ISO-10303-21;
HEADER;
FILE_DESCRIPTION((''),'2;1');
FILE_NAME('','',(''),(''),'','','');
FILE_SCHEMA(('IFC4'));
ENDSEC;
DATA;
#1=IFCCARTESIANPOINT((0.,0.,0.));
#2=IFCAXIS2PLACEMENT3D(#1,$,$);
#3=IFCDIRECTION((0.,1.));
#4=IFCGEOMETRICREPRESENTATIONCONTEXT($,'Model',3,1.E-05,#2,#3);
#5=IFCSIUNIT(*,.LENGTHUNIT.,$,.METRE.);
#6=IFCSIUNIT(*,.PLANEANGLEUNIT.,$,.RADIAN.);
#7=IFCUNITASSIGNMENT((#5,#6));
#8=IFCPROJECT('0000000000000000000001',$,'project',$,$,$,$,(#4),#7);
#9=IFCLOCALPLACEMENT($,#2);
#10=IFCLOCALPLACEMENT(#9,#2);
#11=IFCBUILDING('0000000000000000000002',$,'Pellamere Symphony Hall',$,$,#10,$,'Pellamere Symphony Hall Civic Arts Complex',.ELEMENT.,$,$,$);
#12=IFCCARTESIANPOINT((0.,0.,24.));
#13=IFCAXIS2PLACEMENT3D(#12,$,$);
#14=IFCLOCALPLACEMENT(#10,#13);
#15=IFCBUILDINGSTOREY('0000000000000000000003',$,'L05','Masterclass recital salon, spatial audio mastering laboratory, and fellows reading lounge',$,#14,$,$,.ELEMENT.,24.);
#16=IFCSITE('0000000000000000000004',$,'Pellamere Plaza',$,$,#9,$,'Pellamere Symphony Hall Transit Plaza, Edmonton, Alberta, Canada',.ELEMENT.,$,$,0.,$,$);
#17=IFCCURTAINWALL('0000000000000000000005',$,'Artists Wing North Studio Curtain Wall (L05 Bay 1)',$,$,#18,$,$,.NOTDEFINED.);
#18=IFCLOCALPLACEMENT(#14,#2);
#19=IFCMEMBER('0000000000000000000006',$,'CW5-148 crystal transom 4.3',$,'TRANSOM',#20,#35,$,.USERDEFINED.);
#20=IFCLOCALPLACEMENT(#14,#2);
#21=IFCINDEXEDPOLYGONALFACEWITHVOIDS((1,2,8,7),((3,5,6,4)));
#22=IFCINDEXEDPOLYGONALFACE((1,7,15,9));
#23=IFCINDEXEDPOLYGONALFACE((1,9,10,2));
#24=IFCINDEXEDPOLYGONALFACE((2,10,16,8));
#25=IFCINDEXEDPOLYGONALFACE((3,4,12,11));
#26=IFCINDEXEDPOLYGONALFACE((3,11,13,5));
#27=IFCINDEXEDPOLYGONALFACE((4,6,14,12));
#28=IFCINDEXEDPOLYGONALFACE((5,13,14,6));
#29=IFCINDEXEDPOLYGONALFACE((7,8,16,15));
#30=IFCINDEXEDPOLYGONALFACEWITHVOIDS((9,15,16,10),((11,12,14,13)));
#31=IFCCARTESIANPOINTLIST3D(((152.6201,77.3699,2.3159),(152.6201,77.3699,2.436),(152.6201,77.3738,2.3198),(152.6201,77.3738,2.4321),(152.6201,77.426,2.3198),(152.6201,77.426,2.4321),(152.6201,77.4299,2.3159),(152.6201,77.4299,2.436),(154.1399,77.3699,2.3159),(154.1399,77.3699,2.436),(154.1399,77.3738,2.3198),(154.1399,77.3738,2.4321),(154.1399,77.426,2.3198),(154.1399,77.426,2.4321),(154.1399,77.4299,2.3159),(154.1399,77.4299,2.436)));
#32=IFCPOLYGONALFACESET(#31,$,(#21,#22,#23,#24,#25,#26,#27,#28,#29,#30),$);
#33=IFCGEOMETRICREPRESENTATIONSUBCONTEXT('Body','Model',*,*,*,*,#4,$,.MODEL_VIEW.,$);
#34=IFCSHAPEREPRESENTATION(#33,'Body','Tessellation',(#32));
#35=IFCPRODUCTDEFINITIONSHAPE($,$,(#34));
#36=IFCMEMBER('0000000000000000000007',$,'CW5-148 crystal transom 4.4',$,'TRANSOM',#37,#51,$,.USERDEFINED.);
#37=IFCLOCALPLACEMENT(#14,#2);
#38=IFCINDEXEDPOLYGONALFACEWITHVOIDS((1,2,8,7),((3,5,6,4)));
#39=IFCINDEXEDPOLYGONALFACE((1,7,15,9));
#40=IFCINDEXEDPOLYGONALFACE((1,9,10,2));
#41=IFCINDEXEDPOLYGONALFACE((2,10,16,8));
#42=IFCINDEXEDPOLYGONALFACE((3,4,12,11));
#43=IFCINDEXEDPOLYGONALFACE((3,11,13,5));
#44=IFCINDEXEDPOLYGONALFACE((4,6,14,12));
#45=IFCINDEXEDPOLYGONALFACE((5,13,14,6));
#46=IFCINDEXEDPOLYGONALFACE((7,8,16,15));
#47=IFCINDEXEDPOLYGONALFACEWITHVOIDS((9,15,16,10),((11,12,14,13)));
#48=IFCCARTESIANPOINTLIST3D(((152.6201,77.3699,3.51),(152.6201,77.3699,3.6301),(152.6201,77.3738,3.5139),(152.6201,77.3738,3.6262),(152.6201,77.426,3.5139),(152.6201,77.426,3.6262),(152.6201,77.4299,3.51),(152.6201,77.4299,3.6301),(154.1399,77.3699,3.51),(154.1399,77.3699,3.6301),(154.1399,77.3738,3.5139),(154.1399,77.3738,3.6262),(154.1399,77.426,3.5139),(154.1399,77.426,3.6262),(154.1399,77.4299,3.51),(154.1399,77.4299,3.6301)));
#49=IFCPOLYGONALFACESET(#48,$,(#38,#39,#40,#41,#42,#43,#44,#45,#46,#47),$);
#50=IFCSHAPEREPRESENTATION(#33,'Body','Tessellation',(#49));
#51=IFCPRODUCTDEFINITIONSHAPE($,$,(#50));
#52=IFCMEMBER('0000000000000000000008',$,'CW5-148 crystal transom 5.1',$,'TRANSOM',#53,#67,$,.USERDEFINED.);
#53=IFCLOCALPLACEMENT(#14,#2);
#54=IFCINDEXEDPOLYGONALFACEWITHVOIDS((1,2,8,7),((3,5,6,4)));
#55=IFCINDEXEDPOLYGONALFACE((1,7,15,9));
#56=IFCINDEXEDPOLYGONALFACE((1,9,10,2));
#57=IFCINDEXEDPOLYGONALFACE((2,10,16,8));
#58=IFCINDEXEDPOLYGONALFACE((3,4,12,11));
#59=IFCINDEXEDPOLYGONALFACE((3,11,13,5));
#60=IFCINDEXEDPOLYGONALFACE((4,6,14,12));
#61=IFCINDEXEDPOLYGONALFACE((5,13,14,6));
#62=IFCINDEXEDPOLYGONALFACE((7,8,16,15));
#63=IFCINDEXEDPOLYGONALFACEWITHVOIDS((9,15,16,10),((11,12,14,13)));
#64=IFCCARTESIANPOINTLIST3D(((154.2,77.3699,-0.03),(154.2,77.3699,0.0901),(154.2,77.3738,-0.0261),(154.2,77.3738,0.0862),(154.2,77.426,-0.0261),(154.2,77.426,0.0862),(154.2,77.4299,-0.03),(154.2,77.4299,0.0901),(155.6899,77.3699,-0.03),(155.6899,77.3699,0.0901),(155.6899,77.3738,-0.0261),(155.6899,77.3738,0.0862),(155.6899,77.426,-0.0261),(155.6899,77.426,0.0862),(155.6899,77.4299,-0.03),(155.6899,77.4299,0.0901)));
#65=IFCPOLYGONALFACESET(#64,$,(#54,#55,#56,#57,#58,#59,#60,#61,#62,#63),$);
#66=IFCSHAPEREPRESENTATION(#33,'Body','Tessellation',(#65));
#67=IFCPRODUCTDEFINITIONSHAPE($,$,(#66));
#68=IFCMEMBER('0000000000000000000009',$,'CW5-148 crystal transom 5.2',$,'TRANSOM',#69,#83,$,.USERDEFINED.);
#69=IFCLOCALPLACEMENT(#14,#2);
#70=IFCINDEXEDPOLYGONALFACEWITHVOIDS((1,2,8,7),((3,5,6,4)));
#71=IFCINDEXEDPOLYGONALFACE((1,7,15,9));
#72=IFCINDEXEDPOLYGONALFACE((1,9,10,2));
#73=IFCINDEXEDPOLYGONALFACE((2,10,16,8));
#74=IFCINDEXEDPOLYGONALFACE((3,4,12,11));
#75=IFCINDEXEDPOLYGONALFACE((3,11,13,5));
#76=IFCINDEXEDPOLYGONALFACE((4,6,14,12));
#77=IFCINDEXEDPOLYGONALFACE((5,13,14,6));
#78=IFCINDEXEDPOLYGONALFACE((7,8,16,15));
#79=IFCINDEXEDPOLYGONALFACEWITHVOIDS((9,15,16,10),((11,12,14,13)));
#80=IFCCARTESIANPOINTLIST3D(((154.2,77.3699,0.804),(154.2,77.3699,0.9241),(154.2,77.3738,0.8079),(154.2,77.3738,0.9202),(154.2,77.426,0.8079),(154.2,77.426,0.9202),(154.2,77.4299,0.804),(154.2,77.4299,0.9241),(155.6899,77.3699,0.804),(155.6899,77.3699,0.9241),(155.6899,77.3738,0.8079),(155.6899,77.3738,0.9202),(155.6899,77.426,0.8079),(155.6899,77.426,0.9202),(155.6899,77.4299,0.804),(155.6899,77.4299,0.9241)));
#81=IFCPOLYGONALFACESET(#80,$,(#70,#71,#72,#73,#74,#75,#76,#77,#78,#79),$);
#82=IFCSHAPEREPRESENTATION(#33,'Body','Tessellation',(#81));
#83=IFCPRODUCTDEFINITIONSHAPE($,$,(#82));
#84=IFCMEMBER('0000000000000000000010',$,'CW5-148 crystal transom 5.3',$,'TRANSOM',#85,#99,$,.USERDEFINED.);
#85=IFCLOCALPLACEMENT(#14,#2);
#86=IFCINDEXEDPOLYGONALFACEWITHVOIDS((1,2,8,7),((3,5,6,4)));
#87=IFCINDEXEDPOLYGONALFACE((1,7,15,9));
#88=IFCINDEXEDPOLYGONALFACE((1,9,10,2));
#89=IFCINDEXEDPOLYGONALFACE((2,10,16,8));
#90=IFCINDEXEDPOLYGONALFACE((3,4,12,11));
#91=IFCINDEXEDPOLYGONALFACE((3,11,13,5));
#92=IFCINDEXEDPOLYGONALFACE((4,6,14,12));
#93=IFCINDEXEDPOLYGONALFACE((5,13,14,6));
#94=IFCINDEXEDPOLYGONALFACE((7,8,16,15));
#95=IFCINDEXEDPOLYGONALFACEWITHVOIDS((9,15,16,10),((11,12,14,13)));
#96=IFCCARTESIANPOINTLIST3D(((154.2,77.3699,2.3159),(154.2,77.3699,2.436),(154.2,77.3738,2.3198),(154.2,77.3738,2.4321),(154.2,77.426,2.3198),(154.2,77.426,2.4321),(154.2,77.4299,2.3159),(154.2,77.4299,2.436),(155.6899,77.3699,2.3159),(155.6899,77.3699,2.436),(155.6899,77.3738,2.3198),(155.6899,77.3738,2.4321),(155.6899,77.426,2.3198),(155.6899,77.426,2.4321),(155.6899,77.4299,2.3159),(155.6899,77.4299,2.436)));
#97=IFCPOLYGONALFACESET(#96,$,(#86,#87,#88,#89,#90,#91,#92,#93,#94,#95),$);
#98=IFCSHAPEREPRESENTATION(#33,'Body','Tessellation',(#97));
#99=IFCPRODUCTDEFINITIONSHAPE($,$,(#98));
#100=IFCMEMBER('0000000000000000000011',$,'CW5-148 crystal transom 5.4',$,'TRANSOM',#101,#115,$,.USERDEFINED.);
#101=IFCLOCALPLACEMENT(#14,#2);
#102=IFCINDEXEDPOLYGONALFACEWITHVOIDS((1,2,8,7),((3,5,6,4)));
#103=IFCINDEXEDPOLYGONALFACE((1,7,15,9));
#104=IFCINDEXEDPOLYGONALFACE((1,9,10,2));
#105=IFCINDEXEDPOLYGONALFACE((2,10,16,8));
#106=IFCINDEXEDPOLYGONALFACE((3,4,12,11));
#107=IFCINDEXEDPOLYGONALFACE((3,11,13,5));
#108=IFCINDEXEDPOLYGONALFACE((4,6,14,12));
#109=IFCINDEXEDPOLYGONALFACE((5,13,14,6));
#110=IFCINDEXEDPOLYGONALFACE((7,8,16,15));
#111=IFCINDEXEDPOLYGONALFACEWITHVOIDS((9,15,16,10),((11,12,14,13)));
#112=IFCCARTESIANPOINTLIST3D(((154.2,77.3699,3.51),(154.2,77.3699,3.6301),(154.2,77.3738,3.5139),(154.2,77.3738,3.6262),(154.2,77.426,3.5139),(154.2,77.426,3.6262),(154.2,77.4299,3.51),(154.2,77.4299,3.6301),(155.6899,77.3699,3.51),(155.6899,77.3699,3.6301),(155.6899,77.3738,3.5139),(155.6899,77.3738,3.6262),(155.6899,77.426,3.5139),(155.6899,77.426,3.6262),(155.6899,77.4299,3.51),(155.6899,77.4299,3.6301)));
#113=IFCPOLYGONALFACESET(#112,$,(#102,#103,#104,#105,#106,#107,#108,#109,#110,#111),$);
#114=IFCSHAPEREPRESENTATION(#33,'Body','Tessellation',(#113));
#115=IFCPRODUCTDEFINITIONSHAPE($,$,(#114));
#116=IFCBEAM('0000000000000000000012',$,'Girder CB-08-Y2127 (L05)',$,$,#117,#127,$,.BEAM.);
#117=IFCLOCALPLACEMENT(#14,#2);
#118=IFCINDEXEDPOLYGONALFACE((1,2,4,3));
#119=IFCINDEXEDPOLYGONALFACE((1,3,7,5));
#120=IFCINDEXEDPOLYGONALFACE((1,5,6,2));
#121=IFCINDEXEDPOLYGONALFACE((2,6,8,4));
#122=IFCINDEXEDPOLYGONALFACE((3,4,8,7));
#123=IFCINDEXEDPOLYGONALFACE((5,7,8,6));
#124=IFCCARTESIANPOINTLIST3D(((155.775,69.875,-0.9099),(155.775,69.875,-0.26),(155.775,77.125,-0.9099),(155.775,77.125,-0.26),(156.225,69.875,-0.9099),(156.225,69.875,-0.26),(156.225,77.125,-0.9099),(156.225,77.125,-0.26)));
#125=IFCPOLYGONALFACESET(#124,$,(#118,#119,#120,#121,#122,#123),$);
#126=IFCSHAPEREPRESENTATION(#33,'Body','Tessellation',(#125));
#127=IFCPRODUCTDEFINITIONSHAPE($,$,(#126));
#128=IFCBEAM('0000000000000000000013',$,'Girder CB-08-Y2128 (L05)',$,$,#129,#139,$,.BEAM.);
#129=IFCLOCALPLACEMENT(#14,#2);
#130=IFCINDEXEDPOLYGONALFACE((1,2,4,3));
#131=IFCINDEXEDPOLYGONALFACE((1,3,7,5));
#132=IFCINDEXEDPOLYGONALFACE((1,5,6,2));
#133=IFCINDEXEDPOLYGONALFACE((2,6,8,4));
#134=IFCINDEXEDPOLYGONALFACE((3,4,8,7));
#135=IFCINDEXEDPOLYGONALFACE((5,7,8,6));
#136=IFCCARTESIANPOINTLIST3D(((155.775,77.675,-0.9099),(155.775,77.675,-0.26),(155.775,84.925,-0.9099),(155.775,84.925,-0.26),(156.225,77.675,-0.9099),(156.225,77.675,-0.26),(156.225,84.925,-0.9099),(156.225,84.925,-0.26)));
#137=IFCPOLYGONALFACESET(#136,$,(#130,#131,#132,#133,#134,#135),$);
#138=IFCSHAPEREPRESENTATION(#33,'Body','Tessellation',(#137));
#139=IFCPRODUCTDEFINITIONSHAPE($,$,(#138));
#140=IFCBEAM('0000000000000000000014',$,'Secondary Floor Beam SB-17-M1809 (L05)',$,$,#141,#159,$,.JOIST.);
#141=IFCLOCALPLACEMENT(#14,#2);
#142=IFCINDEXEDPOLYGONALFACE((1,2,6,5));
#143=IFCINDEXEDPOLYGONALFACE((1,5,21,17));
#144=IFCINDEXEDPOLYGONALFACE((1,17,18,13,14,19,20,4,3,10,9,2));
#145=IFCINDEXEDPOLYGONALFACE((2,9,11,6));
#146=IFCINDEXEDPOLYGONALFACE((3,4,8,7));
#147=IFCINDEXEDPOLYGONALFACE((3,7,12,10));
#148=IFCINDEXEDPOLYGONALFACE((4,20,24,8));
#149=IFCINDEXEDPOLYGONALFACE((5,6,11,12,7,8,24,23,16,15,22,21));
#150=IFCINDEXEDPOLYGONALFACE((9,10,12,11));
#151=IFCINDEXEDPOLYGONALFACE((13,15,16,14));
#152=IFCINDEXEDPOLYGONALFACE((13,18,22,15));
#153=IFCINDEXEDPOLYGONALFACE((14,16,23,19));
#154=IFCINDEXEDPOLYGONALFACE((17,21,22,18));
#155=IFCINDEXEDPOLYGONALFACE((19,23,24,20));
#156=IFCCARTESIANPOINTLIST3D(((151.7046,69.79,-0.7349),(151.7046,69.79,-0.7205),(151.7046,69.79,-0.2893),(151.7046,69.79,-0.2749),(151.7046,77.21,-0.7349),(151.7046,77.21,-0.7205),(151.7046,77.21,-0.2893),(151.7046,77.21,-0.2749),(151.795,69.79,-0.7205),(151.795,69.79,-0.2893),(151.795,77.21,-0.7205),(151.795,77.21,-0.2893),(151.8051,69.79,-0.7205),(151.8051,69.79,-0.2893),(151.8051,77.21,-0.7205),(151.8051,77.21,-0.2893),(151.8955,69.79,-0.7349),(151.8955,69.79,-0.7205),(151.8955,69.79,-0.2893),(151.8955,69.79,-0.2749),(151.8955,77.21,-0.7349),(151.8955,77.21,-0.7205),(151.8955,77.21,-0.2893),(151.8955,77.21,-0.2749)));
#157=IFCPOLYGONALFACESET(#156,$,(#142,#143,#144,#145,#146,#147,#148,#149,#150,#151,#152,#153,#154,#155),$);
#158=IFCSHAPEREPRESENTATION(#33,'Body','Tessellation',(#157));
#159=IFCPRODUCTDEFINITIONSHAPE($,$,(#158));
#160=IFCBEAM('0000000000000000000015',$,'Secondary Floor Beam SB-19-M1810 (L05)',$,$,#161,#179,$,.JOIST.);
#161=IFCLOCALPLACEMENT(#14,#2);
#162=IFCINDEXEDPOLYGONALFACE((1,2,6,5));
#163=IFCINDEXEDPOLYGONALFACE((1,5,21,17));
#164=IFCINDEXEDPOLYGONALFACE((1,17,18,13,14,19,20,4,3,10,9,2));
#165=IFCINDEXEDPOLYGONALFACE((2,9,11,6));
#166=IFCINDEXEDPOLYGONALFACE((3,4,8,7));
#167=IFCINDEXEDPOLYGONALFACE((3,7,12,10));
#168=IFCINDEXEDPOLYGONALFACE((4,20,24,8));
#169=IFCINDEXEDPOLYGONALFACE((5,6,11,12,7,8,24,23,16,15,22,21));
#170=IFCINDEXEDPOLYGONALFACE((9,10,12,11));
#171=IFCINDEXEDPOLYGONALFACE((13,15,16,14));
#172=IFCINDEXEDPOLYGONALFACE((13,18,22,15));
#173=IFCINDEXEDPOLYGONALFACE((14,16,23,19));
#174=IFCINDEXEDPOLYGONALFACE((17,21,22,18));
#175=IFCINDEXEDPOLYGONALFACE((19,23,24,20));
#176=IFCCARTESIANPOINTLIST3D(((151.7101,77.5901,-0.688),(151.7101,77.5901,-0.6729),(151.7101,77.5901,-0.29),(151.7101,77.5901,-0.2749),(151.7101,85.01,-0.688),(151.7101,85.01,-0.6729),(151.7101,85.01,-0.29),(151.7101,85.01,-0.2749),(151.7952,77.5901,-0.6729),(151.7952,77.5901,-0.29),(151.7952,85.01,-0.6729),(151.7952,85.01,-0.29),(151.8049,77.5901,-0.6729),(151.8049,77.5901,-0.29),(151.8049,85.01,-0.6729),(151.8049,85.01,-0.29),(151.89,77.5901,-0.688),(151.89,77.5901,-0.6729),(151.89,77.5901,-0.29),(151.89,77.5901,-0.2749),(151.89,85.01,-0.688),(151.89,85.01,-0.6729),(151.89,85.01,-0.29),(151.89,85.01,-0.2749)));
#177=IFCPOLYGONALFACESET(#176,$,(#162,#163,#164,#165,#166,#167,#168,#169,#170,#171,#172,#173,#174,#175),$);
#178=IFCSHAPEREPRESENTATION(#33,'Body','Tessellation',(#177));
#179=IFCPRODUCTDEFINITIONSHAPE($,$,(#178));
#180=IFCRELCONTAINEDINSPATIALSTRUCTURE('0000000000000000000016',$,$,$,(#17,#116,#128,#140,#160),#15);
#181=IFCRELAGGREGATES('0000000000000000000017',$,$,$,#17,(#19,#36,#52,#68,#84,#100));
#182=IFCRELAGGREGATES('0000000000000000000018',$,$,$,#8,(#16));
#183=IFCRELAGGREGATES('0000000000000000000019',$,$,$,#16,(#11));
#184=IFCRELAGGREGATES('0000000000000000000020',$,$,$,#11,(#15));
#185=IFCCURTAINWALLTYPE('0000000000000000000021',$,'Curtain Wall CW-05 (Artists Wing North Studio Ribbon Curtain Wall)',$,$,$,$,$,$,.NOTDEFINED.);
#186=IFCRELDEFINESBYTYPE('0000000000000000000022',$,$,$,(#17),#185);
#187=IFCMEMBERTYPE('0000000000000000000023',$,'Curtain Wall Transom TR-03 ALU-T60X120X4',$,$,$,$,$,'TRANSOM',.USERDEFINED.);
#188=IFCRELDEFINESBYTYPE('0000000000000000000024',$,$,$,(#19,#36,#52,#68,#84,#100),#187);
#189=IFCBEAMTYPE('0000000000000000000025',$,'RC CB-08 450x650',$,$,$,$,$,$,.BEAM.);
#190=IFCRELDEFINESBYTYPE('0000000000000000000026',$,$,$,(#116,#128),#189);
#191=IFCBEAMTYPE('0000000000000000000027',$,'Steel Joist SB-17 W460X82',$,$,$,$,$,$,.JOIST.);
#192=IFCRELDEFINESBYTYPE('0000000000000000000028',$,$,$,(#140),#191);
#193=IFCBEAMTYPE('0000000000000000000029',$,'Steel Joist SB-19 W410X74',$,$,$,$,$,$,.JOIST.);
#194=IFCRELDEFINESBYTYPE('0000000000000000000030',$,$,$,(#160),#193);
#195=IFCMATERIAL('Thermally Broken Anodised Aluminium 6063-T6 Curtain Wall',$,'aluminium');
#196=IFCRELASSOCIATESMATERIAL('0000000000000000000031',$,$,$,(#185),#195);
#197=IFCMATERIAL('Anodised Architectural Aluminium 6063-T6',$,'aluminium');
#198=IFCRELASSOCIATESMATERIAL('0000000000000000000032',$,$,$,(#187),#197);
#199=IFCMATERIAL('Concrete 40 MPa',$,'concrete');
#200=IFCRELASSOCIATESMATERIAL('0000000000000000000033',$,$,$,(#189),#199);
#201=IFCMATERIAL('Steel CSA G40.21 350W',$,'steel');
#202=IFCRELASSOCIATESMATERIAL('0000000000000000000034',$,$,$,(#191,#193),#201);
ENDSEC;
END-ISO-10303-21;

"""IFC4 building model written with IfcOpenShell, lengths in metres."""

from ifc_helpers import new_model, si_unit, direction, frame, origin, origin_2d, place, context, subcontext, project, spatial, rectangle, hollow_rectangle, i_section, extrude, material, material_profile, profile_set, type_object, element, aggregate, save


model = new_model("IFC4")

# Units and contexts
model_context = context("Model", 3, precision=1e-05, world=origin(), true_north=direction((0.0, 1.0)))
body_context = subcontext(model_context, "Body", "Model", "MODEL_VIEW")
ifc_project = project(units=[si_unit("LENGTHUNIT", "METRE"), si_unit("PLANEANGLEUNIT", "RADIAN")], contexts=[model_context])

# Site, building, storey
site_placement = place(None, origin())
site = spatial("IfcSite", under=ifc_project, at=site_placement, Name="Pellamere Plaza", LongName="Pellamere Symphony Hall Transit Plaza, Edmonton, Alberta, Canada", CompositionType="ELEMENT", RefElevation=0.0)
building_placement = place(site_placement, origin())
building = spatial("IfcBuilding", under=site, at=building_placement, Name="Pellamere Symphony Hall", LongName="Pellamere Symphony Hall Civic Arts Complex", CompositionType="ELEMENT")
storey_placement = place(building_placement, frame((0.0, 0.0, 24.0)))
storey = spatial("IfcBuildingStorey", under=building, at=storey_placement, Name="L05", Description="Masterclass recital salon, spatial audio mastering laboratory, and fellows reading lounge", CompositionType="ELEMENT", Elevation=24.0)

# Curtain wall, members
ifc_material_1 = material(Name="Thermally Broken Anodised Aluminium 6063-T6 Curtain Wall", Category="aluminium")
curtain_wall_type = type_object("IfcCurtainWallType", Name="Curtain Wall CW-05 (Artists Wing North Studio Ribbon Curtain Wall)", PredefinedType="NOTDEFINED", material=ifc_material_1)
curtain_wall_placement = place(storey_placement, origin())
curtain_wall = element("IfcCurtainWall", 1, at=curtain_wall_placement, inside=storey, type_object=curtain_wall_type, Name="Artists Wing North Studio Curtain Wall (L05 Bay 1)", PredefinedType="NOTDEFINED")
ifc_material_2 = material(Name="Anodised Architectural Aluminium 6063-T6", Category="aluminium")
ifc_material_profile_1 = material_profile(ifc_material_2, hollow_rectangle(XDim=0.0601, YDim=0.1201, WallThickness=0.0039, at=origin_2d()), Name="ALU-T60X120X4")
ifc_profile_set_1 = profile_set([ifc_material_profile_1], Name="Anodised Architectural Aluminium 6063-T6")
member_type_1 = type_object("IfcMemberType", Name="Curtain Wall Transom TR-03 ALU-T60X120X4", ElementType="TRANSOM", PredefinedType="USERDEFINED", material=ifc_profile_set_1)
member_1_placement = place(storey_placement, frame((152.6201, 77.3999, 2.376), z_axis=(1.0, 0.0, 0.0), x_axis=(0.0, 1.0, 0.0)))
member_1 = element("IfcMember", 2, at=member_1_placement, type_object=member_type_1, Name="CW5-148 crystal transom 4.3", ObjectType="TRANSOM", PredefinedType="USERDEFINED", context=body_context, shape_type="SweptSolid", body=[
    extrude(hollow_rectangle(XDim=0.0601, YDim=0.1201, WallThickness=0.0039, at=origin_2d()), origin(), (0.0, 0.0, 1.0), 1.5198),
])
member_2_placement = place(storey_placement, frame((152.6201, 77.3999, 3.5701), z_axis=(1.0, 0.0, 0.0), x_axis=(0.0, 1.0, 0.0)))
member_2 = element("IfcMember", 3, at=member_2_placement, type_object=member_type_1, Name="CW5-148 crystal transom 4.4", ObjectType="TRANSOM", PredefinedType="USERDEFINED", context=body_context, shape_type="SweptSolid", body=[
    extrude(hollow_rectangle(XDim=0.0601, YDim=0.1201, WallThickness=0.0039, at=origin_2d()), origin(), (0.0, 0.0, 1.0), 1.5198),
])
member_3_placement = place(storey_placement, frame((154.2, 77.3999, 0.03), z_axis=(1.0, 0.0, 0.0), x_axis=(0.0, 1.0, 0.0)))
member_3 = element("IfcMember", 4, at=member_3_placement, type_object=member_type_1, Name="CW5-148 crystal transom 5.1", ObjectType="TRANSOM", PredefinedType="USERDEFINED", context=body_context, shape_type="SweptSolid", body=[
    extrude(hollow_rectangle(XDim=0.0601, YDim=0.1201, WallThickness=0.0039, at=origin_2d()), origin(), (0.0, 0.0, 1.0), 1.49),
])
member_4_placement = place(storey_placement, frame((154.2, 77.3999, 0.864), z_axis=(1.0, 0.0, 0.0), x_axis=(0.0, 1.0, 0.0)))
member_4 = element("IfcMember", 5, at=member_4_placement, type_object=member_type_1, Name="CW5-148 crystal transom 5.2", ObjectType="TRANSOM", PredefinedType="USERDEFINED", context=body_context, shape_type="SweptSolid", body=[
    extrude(hollow_rectangle(XDim=0.0601, YDim=0.1201, WallThickness=0.0039, at=origin_2d()), origin(), (0.0, 0.0, 1.0), 1.49),
])
member_5_placement = place(storey_placement, frame((154.2, 77.3999, 2.376), z_axis=(1.0, 0.0, 0.0), x_axis=(0.0, 1.0, 0.0)))
member_5 = element("IfcMember", 6, at=member_5_placement, type_object=member_type_1, Name="CW5-148 crystal transom 5.3", ObjectType="TRANSOM", PredefinedType="USERDEFINED", context=body_context, shape_type="SweptSolid", body=[
    extrude(hollow_rectangle(XDim=0.0601, YDim=0.1201, WallThickness=0.0039, at=origin_2d()), origin(), (0.0, 0.0, 1.0), 1.49),
])
member_6_placement = place(storey_placement, frame((154.2, 77.3999, 3.5701), z_axis=(1.0, 0.0, 0.0), x_axis=(0.0, 1.0, 0.0)))
member_6 = element("IfcMember", 7, at=member_6_placement, type_object=member_type_1, Name="CW5-148 crystal transom 5.4", ObjectType="TRANSOM", PredefinedType="USERDEFINED", context=body_context, shape_type="SweptSolid", body=[
    extrude(hollow_rectangle(XDim=0.0601, YDim=0.1201, WallThickness=0.0039, at=origin_2d()), origin(), (0.0, 0.0, 1.0), 1.49),
])

# Beams
ifc_material_3 = material(Name="Concrete 40 MPa", Category="concrete")
ifc_material_profile_2 = material_profile(ifc_material_3, rectangle(XDim=0.45, YDim=0.6499, at=origin_2d()), Name="RC 450x650")
ifc_profile_set_2 = profile_set([ifc_material_profile_2], Name="Concrete 40 MPa")
beam_type_1 = type_object("IfcBeamType", Name="RC CB-08 450x650", PredefinedType="BEAM", material=ifc_profile_set_2)
for number, where, z_axis, x_axis, name in (
    (8, (156.0, 69.875, -0.585), (0.0, 1.0, 0.0), (-1.0, 0.0, 0.0), "Girder CB-08-Y2127 (L05)"),
    (9, (156.0, 77.675, -0.585), (0.0, 1.0, 0.0), (-1.0, 0.0, 0.0), "Girder CB-08-Y2128 (L05)"),
):
    element("IfcBeam", number, at=place(storey_placement, frame(where, z_axis=z_axis, x_axis=x_axis)), inside=storey, type_object=beam_type_1, Name=name, PredefinedType="BEAM", context=body_context, shape_type="SweptSolid", body=[
        extrude(rectangle(XDim=0.45, YDim=0.6499, at=origin_2d()), origin(), (0.0, 0.0, 1.0), 7.25),
    ])
ifc_material_4 = material(Name="Steel CSA G40.21 350W", Category="steel")
ifc_material_profile_3 = material_profile(ifc_material_4, i_section(OverallWidth=0.1909, OverallDepth=0.46, WebThickness=0.01, FlangeThickness=0.0144, at=origin_2d()), Name="W460X82")
ifc_profile_set_3 = profile_set([ifc_material_profile_3], Name="Steel CSA G40.21 350W")
beam_type_2 = type_object("IfcBeamType", Name="Steel Joist SB-17 W460X82", PredefinedType="JOIST", material=ifc_profile_set_3)
beam_1_placement = place(storey_placement, frame((151.8, 69.79, -0.5049), z_axis=(0.0, 1.0, 0.0), x_axis=(-1.0, 0.0, 0.0)))
element("IfcBeam", 10, at=beam_1_placement, inside=storey, type_object=beam_type_2, Name="Secondary Floor Beam SB-17-M1809 (L05)", PredefinedType="JOIST", context=body_context, shape_type="SweptSolid", body=[
    extrude(i_section(OverallWidth=0.1909, OverallDepth=0.46, WebThickness=0.01, FlangeThickness=0.0144, at=origin_2d()), origin(), (0.0, 0.0, 1.0), 7.4199),
])
ifc_material_profile_4 = material_profile(ifc_material_4, i_section(OverallWidth=0.1799, OverallDepth=0.4131, WebThickness=0.0098, FlangeThickness=0.0151, at=origin_2d()), Name="W410X74")
ifc_profile_set_4 = profile_set([ifc_material_profile_4], Name="Steel CSA G40.21 350W")
beam_type_3 = type_object("IfcBeamType", Name="Steel Joist SB-19 W410X74", PredefinedType="JOIST", material=ifc_profile_set_4)
beam_2_placement = place(storey_placement, frame((151.8, 77.5901, -0.4814), z_axis=(0.0, 1.0, 0.0), x_axis=(-1.0, 0.0, 0.0)))
element("IfcBeam", 11, at=beam_2_placement, inside=storey, type_object=beam_type_3, Name="Secondary Floor Beam SB-19-M1810 (L05)", PredefinedType="JOIST", context=body_context, shape_type="SweptSolid", body=[
    extrude(i_section(OverallWidth=0.1799, OverallDepth=0.4131, WebThickness=0.0098, FlangeThickness=0.0151, at=origin_2d()), origin(), (0.0, 0.0, 1.0), 7.4199),
])

aggregate(curtain_wall, [member_1, member_2, member_3, member_4, member_5, member_6])

save(model, "model.ifc")
